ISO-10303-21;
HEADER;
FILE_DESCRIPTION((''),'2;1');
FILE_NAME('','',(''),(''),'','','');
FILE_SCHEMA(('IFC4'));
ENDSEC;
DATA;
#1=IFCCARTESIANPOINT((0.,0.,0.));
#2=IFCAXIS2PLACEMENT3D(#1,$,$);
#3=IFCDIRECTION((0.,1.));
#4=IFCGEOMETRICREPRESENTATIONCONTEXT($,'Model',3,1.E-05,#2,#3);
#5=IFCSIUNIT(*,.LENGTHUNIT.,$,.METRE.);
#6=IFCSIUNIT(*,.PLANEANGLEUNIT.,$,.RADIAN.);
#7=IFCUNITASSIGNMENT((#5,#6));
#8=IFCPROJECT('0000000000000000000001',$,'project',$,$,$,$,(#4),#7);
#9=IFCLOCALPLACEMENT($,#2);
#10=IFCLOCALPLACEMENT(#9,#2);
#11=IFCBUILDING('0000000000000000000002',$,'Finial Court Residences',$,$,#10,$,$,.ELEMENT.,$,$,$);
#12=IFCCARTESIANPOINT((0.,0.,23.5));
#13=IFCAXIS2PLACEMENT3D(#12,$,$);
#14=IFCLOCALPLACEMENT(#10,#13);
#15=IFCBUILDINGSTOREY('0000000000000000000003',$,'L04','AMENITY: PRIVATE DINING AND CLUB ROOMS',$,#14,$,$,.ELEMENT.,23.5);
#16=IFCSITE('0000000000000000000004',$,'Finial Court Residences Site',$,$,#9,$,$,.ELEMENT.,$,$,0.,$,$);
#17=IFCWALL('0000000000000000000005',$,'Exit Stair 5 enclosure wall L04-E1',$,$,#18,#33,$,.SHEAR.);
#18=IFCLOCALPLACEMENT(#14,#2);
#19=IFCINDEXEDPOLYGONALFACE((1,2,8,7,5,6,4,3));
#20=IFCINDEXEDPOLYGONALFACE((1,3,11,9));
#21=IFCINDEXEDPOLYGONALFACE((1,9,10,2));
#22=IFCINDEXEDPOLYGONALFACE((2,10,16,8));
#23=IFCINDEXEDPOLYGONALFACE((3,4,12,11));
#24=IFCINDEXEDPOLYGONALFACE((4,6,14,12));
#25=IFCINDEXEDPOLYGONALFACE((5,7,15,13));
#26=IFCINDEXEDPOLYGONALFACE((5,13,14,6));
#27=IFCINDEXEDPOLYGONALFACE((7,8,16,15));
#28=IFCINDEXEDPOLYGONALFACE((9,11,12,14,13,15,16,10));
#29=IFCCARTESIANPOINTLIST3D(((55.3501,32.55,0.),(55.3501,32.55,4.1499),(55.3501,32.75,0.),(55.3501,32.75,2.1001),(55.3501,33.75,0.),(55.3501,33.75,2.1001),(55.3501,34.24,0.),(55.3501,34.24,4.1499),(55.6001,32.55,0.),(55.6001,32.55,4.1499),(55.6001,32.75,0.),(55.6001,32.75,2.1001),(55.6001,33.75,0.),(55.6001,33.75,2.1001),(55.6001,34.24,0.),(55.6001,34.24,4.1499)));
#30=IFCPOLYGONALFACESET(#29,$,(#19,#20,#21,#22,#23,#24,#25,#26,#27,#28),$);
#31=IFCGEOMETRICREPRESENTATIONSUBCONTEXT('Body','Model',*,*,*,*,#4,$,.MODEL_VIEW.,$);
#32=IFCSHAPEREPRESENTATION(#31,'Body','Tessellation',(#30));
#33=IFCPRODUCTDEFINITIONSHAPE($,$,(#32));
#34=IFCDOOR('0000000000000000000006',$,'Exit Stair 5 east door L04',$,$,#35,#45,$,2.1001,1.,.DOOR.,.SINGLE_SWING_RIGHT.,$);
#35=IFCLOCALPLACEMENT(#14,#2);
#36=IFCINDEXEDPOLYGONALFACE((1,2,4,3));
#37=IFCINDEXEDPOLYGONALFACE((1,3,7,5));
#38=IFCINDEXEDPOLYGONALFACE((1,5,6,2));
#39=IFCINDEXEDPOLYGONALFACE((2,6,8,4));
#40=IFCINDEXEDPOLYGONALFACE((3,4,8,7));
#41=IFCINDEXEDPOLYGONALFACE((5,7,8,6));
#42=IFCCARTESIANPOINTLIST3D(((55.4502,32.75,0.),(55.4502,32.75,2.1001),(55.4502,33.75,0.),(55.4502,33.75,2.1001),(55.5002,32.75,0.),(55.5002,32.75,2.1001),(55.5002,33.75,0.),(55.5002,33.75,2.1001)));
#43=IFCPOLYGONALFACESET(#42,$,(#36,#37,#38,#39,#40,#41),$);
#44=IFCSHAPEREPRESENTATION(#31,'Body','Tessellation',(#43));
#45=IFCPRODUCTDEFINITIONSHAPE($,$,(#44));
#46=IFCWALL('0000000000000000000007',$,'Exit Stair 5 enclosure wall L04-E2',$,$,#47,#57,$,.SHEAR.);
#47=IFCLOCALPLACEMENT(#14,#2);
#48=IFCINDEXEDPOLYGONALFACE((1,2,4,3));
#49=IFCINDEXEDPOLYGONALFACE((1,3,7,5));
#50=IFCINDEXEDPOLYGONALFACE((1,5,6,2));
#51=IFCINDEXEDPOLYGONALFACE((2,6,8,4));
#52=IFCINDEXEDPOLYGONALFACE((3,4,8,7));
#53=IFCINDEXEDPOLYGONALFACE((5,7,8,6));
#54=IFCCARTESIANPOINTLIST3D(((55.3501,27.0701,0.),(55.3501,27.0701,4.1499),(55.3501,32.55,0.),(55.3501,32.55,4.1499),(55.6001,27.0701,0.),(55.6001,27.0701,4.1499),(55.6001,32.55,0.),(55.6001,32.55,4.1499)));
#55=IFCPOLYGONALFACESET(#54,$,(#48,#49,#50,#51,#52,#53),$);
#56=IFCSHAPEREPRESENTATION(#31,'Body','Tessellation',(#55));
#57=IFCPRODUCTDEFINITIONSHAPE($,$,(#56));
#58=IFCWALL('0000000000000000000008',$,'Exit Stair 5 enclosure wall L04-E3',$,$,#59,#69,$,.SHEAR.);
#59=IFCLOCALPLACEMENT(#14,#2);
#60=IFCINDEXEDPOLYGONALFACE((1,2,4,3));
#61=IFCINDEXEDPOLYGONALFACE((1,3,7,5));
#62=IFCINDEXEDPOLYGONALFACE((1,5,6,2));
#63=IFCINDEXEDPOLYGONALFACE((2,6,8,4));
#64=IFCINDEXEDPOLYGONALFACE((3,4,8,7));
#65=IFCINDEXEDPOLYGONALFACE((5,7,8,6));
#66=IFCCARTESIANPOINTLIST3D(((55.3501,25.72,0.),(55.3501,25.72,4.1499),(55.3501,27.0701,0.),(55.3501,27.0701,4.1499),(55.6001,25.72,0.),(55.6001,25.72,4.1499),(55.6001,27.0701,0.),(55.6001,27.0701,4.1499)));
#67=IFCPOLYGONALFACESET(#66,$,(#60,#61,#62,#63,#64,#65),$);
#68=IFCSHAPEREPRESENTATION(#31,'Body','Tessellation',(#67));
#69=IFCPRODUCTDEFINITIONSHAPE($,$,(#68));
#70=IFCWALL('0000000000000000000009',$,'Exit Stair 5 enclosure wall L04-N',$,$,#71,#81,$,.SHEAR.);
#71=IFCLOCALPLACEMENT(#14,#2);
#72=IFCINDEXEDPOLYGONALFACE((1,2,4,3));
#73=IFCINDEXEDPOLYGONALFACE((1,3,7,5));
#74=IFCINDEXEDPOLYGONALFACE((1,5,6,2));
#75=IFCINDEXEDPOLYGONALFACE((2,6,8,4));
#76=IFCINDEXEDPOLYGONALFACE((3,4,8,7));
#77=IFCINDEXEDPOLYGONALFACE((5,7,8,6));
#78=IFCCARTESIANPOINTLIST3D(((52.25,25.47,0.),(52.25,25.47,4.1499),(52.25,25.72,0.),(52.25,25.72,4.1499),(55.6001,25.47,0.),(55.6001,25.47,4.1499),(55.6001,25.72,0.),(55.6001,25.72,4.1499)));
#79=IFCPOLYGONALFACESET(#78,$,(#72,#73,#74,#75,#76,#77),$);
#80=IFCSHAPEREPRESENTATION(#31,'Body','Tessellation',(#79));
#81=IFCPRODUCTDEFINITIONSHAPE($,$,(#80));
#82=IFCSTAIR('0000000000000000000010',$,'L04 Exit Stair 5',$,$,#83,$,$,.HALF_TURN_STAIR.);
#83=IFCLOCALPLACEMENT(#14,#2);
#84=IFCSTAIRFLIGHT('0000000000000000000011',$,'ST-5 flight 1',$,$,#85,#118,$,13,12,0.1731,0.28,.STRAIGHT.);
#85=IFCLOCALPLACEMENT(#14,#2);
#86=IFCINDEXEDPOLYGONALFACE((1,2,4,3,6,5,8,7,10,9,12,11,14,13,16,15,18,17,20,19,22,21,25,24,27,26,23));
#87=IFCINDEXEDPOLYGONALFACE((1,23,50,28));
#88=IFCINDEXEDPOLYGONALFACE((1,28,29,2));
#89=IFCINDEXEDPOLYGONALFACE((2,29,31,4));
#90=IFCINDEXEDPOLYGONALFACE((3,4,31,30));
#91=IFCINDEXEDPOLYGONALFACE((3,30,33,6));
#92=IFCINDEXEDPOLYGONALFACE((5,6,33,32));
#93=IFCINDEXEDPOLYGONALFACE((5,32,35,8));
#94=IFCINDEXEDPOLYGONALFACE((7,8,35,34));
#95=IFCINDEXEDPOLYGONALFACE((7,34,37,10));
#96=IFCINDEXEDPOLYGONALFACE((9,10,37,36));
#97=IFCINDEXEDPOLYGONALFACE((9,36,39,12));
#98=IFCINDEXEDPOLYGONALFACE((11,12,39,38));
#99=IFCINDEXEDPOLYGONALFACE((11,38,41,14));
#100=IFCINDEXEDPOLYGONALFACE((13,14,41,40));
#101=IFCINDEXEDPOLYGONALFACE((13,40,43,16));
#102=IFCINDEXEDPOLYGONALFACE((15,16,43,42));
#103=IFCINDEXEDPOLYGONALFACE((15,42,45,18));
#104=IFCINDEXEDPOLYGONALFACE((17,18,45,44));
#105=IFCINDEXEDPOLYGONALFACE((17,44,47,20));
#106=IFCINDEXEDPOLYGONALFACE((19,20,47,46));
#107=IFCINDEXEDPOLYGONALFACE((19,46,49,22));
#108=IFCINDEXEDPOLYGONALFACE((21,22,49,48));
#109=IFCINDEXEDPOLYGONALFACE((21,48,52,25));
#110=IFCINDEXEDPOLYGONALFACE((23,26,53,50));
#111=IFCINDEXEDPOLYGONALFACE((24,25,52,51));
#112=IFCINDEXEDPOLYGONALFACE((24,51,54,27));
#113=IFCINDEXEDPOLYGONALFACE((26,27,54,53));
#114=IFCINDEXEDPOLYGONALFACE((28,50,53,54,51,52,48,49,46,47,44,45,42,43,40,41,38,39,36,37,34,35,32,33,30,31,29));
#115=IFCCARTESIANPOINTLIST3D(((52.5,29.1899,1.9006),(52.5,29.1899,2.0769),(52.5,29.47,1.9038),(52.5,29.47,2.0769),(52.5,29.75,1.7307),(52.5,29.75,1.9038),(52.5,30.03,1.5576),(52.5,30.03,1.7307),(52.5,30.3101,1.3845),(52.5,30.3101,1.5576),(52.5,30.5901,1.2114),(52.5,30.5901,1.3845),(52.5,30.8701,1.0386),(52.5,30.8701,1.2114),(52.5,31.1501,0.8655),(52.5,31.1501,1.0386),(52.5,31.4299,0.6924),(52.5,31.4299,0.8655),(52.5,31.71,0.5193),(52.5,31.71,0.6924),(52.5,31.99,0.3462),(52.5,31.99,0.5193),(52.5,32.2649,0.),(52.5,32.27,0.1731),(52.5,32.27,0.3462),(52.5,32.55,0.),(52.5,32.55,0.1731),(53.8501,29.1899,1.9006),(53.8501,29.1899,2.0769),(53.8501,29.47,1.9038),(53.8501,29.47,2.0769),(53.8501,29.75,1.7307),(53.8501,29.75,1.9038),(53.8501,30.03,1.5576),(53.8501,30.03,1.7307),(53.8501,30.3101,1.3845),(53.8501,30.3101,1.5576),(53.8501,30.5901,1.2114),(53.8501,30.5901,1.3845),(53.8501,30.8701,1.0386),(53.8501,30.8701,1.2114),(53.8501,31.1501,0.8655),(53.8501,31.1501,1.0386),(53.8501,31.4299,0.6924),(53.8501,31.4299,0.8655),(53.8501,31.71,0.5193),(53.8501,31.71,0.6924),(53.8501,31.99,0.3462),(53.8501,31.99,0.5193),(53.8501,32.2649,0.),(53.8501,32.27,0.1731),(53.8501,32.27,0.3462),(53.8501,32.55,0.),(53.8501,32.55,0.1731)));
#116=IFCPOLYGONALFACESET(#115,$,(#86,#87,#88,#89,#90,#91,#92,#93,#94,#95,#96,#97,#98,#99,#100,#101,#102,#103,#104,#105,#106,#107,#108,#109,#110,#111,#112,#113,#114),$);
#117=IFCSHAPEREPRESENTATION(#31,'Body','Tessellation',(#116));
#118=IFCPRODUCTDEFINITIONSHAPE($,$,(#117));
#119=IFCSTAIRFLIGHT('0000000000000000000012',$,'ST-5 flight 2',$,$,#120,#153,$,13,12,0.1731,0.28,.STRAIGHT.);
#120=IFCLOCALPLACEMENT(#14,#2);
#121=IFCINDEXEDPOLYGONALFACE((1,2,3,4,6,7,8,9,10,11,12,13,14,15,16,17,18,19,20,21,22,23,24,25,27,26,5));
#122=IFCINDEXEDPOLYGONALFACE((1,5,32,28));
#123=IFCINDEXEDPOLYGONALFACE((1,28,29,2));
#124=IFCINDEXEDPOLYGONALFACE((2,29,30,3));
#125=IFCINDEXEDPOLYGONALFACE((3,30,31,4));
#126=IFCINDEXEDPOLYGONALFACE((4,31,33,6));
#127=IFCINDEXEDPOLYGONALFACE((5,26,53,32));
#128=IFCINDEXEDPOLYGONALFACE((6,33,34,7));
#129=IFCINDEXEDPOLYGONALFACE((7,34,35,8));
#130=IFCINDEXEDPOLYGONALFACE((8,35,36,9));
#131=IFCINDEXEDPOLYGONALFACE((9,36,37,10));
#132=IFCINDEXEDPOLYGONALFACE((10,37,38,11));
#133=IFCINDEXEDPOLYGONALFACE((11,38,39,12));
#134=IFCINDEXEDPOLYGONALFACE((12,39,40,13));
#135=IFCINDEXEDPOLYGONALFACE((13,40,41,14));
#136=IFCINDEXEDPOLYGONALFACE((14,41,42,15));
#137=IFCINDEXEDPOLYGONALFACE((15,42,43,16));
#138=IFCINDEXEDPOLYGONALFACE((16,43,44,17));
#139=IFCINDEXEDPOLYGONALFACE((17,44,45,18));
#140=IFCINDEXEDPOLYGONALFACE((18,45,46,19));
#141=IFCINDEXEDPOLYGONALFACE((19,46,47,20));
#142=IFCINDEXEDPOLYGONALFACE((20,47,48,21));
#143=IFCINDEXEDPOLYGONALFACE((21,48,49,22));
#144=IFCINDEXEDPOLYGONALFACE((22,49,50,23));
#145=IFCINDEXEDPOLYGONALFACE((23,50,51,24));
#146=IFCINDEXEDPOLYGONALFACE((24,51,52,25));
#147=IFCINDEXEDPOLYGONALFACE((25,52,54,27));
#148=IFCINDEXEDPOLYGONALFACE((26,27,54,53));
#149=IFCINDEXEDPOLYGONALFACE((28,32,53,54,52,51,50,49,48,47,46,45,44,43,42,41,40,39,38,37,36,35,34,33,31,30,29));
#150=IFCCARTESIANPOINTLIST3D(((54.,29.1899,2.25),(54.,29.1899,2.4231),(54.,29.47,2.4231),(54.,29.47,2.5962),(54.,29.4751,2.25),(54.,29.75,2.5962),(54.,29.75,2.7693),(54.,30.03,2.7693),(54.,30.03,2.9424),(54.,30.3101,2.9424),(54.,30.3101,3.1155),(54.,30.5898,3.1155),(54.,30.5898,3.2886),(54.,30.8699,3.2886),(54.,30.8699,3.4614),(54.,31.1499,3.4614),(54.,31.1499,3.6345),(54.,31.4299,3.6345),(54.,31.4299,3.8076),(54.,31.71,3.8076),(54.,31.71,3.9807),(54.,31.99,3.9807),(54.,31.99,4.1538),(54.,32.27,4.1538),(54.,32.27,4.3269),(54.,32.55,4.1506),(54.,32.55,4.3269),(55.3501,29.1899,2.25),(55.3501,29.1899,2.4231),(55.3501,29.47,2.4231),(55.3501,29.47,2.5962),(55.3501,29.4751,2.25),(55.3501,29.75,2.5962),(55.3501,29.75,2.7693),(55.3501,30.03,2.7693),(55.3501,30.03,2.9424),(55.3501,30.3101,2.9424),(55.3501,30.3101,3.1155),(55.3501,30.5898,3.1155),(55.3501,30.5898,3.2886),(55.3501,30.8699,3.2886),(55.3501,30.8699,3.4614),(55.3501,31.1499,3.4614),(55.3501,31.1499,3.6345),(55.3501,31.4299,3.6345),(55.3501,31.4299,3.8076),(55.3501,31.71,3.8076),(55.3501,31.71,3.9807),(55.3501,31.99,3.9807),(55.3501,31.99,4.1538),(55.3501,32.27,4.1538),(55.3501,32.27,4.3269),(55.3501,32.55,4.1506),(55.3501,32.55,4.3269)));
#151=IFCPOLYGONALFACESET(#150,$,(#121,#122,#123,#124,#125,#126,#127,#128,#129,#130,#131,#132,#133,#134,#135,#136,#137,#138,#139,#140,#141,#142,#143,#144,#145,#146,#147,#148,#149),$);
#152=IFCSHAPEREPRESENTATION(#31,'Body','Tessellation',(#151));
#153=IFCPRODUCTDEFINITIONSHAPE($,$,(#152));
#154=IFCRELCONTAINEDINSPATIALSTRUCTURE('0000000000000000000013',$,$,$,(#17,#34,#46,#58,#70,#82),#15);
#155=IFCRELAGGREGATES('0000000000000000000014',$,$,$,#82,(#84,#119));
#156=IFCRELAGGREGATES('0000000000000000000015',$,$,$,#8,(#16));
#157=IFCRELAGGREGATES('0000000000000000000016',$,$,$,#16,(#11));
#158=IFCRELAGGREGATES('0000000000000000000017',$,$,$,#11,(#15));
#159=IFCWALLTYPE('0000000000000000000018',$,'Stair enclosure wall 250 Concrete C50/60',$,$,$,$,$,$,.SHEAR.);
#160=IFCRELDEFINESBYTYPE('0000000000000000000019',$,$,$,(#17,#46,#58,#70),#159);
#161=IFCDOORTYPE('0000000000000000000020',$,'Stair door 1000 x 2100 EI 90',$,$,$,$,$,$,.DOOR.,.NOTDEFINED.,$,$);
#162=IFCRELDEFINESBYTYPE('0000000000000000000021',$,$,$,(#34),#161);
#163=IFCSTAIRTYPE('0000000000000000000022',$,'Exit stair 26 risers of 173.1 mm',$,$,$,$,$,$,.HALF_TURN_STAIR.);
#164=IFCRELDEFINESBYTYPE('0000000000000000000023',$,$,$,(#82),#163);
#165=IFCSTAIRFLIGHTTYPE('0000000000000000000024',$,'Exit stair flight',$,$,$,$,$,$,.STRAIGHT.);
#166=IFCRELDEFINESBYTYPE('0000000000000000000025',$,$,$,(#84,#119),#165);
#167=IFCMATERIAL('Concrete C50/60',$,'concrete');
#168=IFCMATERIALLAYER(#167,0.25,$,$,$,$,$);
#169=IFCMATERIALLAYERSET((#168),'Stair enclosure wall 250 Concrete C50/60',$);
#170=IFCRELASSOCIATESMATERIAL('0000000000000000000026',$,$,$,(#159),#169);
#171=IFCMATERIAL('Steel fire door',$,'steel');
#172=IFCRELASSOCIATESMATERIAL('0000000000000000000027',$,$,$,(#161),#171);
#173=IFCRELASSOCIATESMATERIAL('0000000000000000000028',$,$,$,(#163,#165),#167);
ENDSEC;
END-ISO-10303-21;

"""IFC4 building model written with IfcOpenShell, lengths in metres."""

from ifc_helpers import new_model, si_unit, direction, frame, frame_2d, origin, place, context, subcontext, project, spatial, polyline, rectangle, outline, extrude, material, layer, layer_set, type_object, element, fill, aggregate, save


model = new_model("IFC4")

# Units and contexts
model_context = context("Model", 3, precision=1e-05, world=origin(), true_north=direction((0.0, 1.0)))
body_context = subcontext(model_context, "Body", "Model", "MODEL_VIEW")
ifc_project = project(units=[si_unit("LENGTHUNIT", "METRE"), si_unit("PLANEANGLEUNIT", "RADIAN")], contexts=[model_context])

# Site, building, storey
site_placement = place(None, origin())
site = spatial("IfcSite", under=ifc_project, at=site_placement, Name="Finial Court Residences Site", CompositionType="ELEMENT", RefElevation=0.0)
building_placement = place(site_placement, origin())
building = spatial("IfcBuilding", under=site, at=building_placement, Name="Finial Court Residences", CompositionType="ELEMENT")
storey_placement = place(building_placement, frame((0.0, 0.0, 23.5)))
storey = spatial("IfcBuildingStorey", under=building, at=storey_placement, Name="L04", Description="AMENITY: PRIVATE DINING AND CLUB ROOMS", CompositionType="ELEMENT", Elevation=23.5)

# Shared definitions
ifc_material_1 = material(Name="Concrete C50/60", Category="concrete")

# Shared definitions
ifc_layer_1 = layer(ifc_material_1, 0.25)
ifc_layer_set_1 = layer_set([ifc_layer_1], Name="Stair enclosure wall 250 Concrete C50/60")
wall_type_1 = type_object("IfcWallType", Name="Stair enclosure wall 250 Concrete C50/60", PredefinedType="SHEAR", material=ifc_layer_set_1)
ifc_material_2 = material(Name="Steel fire door", Category="steel")
door_type_1 = type_object("IfcDoorType", Name="Stair door 1000 x 2100 EI 90", OperationType="NOTDEFINED", PredefinedType="DOOR", material=ifc_material_2)

# Wall, opening, door
wall_1_placement = place(storey_placement, frame((55.4751, 32.55, 0.0), z_axis=(0.0, 0.0, 1.0), x_axis=(0.0, 1.0, 0.0)))
wall_1 = element("IfcWall", 1, at=wall_1_placement, inside=storey, type_object=wall_type_1, Name="Exit Stair 5 enclosure wall L04-E1", PredefinedType="SHEAR", context=body_context, shape_type="SweptSolid", body=[
    extrude(rectangle(XDim=1.6899, YDim=0.25, at=frame_2d((0.845, 0.0))), origin(), (0.0, 0.0, 1.0), 4.1499),
])
opening_1_placement = place(wall_1_placement, frame((0.2, 0.0, 0.0)))
opening_1 = element("IfcOpeningElement", 2, at=opening_1_placement, cuts=wall_1, PredefinedType="OPENING", context=body_context, shape_type="SweptSolid", body=[
    extrude(rectangle(XDim=1.0, YDim=2.1001, at=frame_2d((0.5, 1.05))), frame((0.0, 0.135, 0.0), z_axis=(0.0, -1.0, 0.0), x_axis=(1.0, 0.0, 0.0)), (0.0, 0.0, 1.0), 0.27),
])
door_1_placement = place(opening_1_placement, origin())
door_1 = element("IfcDoor", 3, at=door_1_placement, inside=storey, type_object=door_type_1, Name="Exit Stair 5 east door L04", OperationType="SINGLE_SWING_RIGHT", OverallHeight=2.1001, OverallWidth=1.0, PredefinedType="DOOR", context=body_context, shape_type="SweptSolid", body=[
    extrude(rectangle(XDim=1.0, YDim=2.1001, at=frame_2d((0.5, 1.05))), frame((0.0, 0.0249, 0.0), z_axis=(0.0, -1.0, 0.0), x_axis=(1.0, 0.0, 0.0)), (0.0, 0.0, 1.0), 0.05),
])
fill(opening_1, door_1)

# Walls
wall_2_placement = place(storey_placement, frame((55.4751, 27.0701, 0.0), z_axis=(0.0, 0.0, 1.0), x_axis=(0.0, 1.0, 0.0)))
element("IfcWall", 4, at=wall_2_placement, inside=storey, type_object=wall_type_1, Name="Exit Stair 5 enclosure wall L04-E2", PredefinedType="SHEAR", context=body_context, shape_type="SweptSolid", body=[
    extrude(rectangle(XDim=5.48, YDim=0.25, at=frame_2d((2.74, 0.0))), origin(), (0.0, 0.0, 1.0), 4.1499),
])
wall_3_placement = place(storey_placement, frame((55.4751, 25.72, 0.0), z_axis=(0.0, 0.0, 1.0), x_axis=(0.0, 1.0, 0.0)))
element("IfcWall", 5, at=wall_3_placement, inside=storey, type_object=wall_type_1, Name="Exit Stair 5 enclosure wall L04-E3", PredefinedType="SHEAR", context=body_context, shape_type="SweptSolid", body=[
    extrude(rectangle(XDim=1.3501, YDim=0.25, at=frame_2d((0.675, 0.0))), origin(), (0.0, 0.0, 1.0), 4.1499),
])
wall_4_placement = place(storey_placement, frame((52.25, 25.595, 0.0), z_axis=(0.0, 0.0, 1.0), x_axis=(1.0, 0.0, 0.0)))
element("IfcWall", 6, at=wall_4_placement, inside=storey, type_object=wall_type_1, Name="Exit Stair 5 enclosure wall L04-N", PredefinedType="SHEAR", context=body_context, shape_type="SweptSolid", body=[
    extrude(rectangle(XDim=3.3501, YDim=0.25, at=frame_2d((1.675, 0.0))), origin(), (0.0, 0.0, 1.0), 4.1499),
])

# Stair, stair flights
stair_type = type_object("IfcStairType", Name="Exit stair 26 risers of 173.1 mm", PredefinedType="HALF_TURN_STAIR", material=ifc_material_1)
stair_placement = place(storey_placement, origin())
stair = element("IfcStair", 7, at=stair_placement, inside=storey, type_object=stair_type, Name="L04 Exit Stair 5", PredefinedType="HALF_TURN_STAIR")
stair_flight_type = type_object("IfcStairFlightType", Name="Exit stair flight", PredefinedType="STRAIGHT", material=ifc_material_1)
stair_flight_1_placement = place(storey_placement, frame((53.175, 32.55, 0.0), z_axis=(0.0, 0.0, 1.0), x_axis=(0.0, -1.0, 0.0)))
stair_flight_1 = element("IfcStairFlight", 8, at=stair_flight_1_placement, type_object=stair_flight_type, Name="ST-5 flight 1", NumberOfRisers=13, NumberOfTreads=12, PredefinedType="STRAIGHT", RiserHeight=0.1731, TreadLength=0.28, context=body_context, shape_type="SweptSolid", body=[
    extrude(outline(polyline([(0.0, 0.0), (0.0, 0.1731), (0.28, 0.1731), (0.28, 0.3462), (0.5601, 0.3462), (0.5601, 0.5193), (0.8401, 0.5193), (0.8401, 0.6924), (1.1201, 0.6924), (1.1201, 0.8655), (1.3999, 0.8655), (1.3999, 1.0386), (1.6799, 1.0386), (1.6799, 1.2114), (1.96, 1.2114), (1.96, 1.3845), (2.24, 1.3845), (2.24, 1.5576), (2.52, 1.5576), (2.52, 1.7307), (2.8, 1.7307), (2.8, 1.9038), (3.0801, 1.9038), (3.0801, 2.0769), (3.3601, 2.0769), (3.3601, 2.25), (3.3601, 1.9006), (0.2852, 0.0), (0.0, 0.0)])), frame((0.0, 0.675, 0.0), z_axis=(0.0, -1.0, 0.0), x_axis=(1.0, 0.0, 0.0)), (0.0, 0.0, 1.0), 1.3501),
])
stair_flight_2_placement = place(storey_placement, frame((54.675, 29.1899, 2.25), z_axis=(0.0, 0.0, 1.0), x_axis=(0.0, 1.0, 0.0)))
stair_flight_2 = element("IfcStairFlight", 9, at=stair_flight_2_placement, type_object=stair_flight_type, Name="ST-5 flight 2", NumberOfRisers=13, NumberOfTreads=12, PredefinedType="STRAIGHT", RiserHeight=0.1731, TreadLength=0.28, context=body_context, shape_type="SweptSolid", body=[
    extrude(outline(polyline([(0.0, 0.0), (0.0, 0.1731), (0.28, 0.1731), (0.28, 0.3462), (0.5601, 0.3462), (0.5601, 0.5193), (0.8401, 0.5193), (0.8401, 0.6924), (1.1201, 0.6924), (1.1201, 0.8655), (1.3999, 0.8655), (1.3999, 1.0386), (1.6799, 1.0386), (1.6799, 1.2114), (1.96, 1.2114), (1.96, 1.3845), (2.24, 1.3845), (2.24, 1.5576), (2.52, 1.5576), (2.52, 1.7307), (2.8, 1.7307), (2.8, 1.9038), (3.0801, 1.9038), (3.0801, 2.0769), (3.3601, 2.0769), (3.3601, 2.25), (3.3601, 1.9006), (0.2852, 0.0), (0.0, 0.0)])), frame((0.0, 0.675, 0.0), z_axis=(0.0, -1.0, 0.0), x_axis=(1.0, 0.0, 0.0)), (0.0, 0.0, 1.0), 1.3501),
])
aggregate(stair, [stair_flight_1, stair_flight_2])

save(model, "model.ifc")
